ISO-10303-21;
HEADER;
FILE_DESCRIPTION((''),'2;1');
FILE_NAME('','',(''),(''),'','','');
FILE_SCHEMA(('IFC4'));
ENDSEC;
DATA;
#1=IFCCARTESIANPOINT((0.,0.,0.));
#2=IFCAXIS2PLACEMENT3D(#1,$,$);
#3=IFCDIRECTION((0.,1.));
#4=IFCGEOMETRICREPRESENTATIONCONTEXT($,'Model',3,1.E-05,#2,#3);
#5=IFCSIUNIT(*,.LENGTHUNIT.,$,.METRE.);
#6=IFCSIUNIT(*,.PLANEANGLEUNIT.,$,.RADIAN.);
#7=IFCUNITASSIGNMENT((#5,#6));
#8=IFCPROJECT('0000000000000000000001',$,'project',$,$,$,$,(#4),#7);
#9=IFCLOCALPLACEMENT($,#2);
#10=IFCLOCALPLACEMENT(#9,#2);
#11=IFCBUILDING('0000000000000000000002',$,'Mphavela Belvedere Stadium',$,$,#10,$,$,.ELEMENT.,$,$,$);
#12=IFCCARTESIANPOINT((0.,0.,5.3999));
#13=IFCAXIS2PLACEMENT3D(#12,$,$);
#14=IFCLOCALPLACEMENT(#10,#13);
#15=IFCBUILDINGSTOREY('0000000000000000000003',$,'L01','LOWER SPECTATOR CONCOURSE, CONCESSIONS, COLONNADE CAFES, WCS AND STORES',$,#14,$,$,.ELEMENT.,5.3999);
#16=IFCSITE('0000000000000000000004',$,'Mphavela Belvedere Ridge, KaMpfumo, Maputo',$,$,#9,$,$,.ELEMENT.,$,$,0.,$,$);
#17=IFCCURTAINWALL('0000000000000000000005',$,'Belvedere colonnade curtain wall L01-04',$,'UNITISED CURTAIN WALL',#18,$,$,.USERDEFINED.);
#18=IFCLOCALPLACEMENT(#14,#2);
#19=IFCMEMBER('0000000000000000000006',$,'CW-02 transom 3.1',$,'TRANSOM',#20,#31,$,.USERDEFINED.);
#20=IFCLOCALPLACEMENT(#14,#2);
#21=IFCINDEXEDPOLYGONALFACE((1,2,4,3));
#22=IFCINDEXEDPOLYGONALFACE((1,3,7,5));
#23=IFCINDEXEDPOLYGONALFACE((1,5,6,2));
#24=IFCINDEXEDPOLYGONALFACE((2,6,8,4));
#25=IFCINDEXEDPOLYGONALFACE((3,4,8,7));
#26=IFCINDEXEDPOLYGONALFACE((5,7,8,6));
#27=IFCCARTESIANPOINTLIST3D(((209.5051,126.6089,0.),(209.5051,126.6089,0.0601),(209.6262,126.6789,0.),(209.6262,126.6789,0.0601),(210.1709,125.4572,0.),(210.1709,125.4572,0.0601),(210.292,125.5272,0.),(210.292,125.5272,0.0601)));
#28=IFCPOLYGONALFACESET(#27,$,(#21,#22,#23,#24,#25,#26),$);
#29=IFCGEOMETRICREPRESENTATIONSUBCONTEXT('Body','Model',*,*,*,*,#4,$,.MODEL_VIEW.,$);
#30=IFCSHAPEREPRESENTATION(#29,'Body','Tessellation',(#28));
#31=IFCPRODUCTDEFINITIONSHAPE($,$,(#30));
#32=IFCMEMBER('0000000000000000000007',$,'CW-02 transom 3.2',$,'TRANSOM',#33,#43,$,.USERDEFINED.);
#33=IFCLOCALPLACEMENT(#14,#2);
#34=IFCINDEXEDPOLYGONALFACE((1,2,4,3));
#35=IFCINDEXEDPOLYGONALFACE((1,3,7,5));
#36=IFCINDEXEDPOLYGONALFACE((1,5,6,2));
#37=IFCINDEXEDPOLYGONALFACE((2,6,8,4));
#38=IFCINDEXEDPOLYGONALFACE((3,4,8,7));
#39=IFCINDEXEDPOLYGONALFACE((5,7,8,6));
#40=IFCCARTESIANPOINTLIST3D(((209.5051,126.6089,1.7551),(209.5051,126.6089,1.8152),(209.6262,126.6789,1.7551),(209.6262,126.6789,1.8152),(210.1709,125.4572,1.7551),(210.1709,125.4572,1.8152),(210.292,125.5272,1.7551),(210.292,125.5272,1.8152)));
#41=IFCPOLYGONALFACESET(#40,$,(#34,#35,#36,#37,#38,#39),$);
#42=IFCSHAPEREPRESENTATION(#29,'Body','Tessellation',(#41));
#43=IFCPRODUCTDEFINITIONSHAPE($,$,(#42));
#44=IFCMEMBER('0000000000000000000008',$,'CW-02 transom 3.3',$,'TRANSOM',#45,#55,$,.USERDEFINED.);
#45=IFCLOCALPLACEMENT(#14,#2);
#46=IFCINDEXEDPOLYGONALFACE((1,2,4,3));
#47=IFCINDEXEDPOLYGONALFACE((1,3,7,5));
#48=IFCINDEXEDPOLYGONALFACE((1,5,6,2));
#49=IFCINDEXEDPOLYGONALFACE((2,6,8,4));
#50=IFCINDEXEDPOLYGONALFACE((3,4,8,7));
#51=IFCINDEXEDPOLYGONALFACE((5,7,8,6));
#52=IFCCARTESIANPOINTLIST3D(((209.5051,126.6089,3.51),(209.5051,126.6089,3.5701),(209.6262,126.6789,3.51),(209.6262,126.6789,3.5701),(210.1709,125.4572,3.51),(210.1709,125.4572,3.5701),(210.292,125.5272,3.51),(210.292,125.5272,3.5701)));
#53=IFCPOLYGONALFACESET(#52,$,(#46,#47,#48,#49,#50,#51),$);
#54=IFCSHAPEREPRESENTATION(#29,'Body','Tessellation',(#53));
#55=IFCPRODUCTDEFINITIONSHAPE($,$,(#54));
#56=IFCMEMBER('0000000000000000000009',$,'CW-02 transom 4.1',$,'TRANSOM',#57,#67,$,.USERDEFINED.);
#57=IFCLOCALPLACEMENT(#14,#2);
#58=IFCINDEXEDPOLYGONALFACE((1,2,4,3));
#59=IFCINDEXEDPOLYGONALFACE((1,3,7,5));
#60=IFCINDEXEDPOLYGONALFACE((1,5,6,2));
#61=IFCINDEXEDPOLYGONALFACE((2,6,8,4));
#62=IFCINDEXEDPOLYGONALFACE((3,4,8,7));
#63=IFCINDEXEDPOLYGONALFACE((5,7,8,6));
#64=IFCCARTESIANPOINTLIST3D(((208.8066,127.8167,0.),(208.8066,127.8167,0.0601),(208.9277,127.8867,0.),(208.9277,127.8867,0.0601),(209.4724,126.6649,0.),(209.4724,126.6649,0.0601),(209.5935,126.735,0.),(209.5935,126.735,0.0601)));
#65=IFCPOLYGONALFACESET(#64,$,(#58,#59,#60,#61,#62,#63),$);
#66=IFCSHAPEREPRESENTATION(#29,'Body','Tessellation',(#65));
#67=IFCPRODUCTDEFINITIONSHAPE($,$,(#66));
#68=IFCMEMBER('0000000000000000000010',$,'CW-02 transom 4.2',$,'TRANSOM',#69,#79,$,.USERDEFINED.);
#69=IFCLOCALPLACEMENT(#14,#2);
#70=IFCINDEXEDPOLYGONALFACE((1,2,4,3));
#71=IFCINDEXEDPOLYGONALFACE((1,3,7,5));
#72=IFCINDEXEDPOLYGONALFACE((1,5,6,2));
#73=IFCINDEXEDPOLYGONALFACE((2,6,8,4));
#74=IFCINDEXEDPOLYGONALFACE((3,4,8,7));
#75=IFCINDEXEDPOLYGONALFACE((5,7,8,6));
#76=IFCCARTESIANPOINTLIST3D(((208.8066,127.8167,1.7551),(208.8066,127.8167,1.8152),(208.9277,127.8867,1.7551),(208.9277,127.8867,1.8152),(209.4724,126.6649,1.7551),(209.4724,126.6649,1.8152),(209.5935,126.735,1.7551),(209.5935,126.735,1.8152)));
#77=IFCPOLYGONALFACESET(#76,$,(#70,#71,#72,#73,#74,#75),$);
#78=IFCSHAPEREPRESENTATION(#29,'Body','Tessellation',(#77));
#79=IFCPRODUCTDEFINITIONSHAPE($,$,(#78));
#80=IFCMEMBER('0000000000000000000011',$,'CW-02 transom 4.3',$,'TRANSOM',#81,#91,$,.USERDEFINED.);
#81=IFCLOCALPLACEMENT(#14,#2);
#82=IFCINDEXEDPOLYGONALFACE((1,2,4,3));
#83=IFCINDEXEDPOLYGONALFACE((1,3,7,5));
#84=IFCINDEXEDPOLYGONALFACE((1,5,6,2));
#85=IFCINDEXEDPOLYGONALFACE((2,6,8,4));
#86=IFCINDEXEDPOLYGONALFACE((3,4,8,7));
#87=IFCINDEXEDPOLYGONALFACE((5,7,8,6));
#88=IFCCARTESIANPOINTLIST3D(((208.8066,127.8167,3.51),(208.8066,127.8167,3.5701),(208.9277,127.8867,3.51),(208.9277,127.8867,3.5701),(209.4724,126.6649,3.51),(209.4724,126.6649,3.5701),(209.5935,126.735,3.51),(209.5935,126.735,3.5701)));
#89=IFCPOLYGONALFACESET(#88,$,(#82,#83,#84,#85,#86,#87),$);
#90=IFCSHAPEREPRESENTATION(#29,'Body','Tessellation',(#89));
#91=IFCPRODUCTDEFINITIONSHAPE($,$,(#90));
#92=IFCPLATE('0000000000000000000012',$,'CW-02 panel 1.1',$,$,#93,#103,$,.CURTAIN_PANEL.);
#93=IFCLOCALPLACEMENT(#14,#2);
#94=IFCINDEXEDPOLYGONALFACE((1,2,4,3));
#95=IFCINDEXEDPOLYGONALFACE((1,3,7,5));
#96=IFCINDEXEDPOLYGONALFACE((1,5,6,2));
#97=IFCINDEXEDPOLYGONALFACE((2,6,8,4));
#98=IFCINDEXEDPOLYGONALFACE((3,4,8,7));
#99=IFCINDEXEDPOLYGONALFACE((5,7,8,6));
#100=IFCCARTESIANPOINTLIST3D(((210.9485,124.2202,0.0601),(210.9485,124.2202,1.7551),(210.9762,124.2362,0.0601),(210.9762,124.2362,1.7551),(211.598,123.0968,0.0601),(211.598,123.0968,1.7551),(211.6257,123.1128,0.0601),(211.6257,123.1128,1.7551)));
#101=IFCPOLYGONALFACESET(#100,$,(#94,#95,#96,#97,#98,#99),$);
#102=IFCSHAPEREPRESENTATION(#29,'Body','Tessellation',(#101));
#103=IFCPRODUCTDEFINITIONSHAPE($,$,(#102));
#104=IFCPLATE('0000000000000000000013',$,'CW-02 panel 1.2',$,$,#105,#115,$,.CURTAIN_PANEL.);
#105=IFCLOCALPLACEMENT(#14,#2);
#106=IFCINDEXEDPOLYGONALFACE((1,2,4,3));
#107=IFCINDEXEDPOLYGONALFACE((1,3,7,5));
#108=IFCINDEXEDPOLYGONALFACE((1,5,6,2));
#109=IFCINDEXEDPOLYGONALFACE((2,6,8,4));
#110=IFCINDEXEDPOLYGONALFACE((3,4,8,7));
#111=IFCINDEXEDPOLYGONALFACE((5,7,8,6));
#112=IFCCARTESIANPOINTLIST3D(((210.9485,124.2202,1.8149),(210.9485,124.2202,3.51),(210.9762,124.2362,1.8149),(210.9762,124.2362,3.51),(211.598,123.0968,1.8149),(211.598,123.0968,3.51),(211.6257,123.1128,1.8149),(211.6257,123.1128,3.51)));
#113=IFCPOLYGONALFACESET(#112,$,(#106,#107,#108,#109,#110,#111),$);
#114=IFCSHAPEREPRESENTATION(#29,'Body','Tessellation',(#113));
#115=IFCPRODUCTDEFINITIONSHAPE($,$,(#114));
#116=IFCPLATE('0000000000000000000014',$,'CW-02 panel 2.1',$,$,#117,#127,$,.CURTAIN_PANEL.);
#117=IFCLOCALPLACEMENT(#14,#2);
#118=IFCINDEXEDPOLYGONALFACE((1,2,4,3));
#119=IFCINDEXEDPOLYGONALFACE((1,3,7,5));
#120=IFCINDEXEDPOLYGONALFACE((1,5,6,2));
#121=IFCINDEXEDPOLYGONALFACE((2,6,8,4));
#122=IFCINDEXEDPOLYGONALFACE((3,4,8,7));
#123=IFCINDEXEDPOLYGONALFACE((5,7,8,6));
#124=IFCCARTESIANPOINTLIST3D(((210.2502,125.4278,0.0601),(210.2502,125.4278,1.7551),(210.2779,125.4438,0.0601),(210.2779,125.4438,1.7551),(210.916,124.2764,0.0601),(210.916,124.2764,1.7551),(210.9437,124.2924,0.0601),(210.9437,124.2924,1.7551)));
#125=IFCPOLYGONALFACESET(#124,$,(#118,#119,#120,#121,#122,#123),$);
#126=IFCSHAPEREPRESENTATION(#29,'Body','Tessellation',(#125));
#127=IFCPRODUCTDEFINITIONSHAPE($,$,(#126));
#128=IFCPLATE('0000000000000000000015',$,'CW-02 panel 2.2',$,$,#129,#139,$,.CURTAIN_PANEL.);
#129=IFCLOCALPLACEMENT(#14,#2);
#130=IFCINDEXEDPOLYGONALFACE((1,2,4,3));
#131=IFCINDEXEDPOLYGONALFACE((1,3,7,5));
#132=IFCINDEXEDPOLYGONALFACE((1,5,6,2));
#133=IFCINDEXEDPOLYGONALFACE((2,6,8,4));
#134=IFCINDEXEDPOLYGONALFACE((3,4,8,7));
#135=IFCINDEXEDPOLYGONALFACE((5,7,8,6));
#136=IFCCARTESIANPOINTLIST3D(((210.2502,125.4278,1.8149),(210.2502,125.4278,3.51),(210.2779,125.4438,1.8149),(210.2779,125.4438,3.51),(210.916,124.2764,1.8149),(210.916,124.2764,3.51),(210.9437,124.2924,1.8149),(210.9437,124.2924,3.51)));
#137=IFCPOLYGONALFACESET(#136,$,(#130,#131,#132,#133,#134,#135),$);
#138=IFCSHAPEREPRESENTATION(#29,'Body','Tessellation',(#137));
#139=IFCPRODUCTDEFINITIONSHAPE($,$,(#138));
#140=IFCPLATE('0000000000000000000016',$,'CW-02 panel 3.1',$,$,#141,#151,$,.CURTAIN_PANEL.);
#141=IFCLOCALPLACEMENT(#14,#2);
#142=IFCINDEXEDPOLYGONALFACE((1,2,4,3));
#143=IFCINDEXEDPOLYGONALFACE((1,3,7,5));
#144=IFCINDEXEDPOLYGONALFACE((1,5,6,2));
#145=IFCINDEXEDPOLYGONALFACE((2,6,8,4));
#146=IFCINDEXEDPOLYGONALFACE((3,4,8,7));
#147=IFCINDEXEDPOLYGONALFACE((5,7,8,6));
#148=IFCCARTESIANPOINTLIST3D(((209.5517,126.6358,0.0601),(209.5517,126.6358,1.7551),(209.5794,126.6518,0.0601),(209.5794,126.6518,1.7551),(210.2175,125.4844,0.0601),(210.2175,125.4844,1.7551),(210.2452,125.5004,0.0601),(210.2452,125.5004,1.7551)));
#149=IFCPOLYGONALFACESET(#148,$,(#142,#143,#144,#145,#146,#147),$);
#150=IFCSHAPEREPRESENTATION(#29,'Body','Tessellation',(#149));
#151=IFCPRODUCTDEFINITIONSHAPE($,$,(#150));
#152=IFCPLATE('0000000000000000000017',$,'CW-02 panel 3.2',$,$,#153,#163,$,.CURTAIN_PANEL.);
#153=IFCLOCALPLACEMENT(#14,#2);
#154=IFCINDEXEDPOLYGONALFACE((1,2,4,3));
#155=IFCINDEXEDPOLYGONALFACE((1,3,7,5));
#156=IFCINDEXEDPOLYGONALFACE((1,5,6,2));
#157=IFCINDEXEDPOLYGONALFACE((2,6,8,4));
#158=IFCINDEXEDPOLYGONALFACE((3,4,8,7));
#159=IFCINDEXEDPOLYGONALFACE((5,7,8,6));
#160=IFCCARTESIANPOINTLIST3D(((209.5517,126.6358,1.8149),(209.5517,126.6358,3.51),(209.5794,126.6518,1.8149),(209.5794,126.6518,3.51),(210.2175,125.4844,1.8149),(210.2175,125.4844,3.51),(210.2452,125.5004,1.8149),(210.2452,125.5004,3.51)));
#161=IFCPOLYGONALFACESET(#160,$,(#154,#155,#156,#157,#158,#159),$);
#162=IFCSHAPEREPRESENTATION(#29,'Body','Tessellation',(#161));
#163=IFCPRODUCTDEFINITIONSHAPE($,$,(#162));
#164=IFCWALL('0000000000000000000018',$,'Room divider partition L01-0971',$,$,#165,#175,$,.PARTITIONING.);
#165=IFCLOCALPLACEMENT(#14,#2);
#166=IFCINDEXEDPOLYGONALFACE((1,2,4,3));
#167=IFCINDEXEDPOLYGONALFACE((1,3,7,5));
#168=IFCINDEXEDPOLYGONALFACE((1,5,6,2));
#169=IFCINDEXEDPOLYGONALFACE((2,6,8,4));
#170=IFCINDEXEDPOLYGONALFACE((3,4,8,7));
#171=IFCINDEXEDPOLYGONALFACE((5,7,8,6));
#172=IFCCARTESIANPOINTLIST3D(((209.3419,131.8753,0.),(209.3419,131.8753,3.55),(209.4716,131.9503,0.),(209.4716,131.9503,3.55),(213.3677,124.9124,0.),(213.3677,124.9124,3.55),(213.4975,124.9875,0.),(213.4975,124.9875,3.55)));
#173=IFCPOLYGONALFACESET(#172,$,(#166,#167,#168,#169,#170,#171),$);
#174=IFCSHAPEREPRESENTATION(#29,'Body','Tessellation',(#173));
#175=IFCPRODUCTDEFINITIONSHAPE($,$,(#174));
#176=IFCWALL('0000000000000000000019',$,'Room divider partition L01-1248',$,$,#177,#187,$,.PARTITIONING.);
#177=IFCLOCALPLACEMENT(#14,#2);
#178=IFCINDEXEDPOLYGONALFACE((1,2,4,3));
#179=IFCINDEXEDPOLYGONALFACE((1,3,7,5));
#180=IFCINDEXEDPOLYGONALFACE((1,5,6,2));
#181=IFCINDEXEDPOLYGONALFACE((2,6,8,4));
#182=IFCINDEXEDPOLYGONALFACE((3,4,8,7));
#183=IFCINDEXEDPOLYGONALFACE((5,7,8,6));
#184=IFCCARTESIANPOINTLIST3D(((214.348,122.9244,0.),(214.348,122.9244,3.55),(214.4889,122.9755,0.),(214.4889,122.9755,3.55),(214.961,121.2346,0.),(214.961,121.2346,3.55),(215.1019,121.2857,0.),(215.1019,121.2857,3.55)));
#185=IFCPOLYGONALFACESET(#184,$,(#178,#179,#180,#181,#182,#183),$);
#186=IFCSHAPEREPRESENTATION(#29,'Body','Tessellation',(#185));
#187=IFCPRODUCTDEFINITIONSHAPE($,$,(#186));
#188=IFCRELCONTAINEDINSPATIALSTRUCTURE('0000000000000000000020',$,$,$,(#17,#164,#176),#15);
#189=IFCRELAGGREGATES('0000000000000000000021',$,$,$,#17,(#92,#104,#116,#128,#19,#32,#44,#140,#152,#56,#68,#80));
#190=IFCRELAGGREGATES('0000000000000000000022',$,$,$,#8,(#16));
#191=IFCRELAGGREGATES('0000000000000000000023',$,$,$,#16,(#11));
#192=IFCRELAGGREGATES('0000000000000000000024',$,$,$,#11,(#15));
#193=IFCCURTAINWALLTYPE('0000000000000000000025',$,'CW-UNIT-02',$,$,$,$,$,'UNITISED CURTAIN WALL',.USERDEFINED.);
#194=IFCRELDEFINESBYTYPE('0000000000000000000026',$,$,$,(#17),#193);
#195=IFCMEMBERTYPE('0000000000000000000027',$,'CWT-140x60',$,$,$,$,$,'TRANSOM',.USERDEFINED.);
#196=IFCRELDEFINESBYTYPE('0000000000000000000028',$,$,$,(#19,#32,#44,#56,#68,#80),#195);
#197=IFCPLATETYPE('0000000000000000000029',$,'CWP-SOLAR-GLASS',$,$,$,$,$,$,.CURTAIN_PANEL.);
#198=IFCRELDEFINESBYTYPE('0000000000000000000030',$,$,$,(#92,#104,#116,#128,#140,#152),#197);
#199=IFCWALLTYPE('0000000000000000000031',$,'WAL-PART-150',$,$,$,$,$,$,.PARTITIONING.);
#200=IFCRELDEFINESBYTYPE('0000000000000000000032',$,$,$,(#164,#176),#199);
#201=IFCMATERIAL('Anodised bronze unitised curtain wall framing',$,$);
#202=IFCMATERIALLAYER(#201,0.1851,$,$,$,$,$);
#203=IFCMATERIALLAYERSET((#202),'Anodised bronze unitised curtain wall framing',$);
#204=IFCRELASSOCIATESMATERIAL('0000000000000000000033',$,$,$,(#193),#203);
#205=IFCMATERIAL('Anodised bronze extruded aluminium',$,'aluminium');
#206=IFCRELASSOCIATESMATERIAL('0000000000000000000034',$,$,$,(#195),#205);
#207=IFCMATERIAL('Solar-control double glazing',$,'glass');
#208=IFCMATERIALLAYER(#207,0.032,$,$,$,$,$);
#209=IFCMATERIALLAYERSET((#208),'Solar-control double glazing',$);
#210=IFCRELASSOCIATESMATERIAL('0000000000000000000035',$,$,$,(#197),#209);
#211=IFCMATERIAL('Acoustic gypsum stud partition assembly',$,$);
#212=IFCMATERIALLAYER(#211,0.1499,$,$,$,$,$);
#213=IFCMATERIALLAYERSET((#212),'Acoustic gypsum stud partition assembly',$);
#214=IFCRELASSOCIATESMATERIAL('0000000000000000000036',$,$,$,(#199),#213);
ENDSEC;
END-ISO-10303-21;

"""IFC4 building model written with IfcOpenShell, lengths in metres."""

from ifc_helpers import new_model, si_unit, direction, frame, frame_2d, origin, origin_2d, place, context, subcontext, project, spatial, rectangle, extrude, material, layer, layer_set, material_profile, profile_set, type_object, element, aggregate, save


model = new_model("IFC4")

# Units and contexts
model_context = context("Model", 3, precision=1e-05, world=origin(), true_north=direction((0.0, 1.0)))
body_context = subcontext(model_context, "Body", "Model", "MODEL_VIEW")
ifc_project = project(units=[si_unit("LENGTHUNIT", "METRE"), si_unit("PLANEANGLEUNIT", "RADIAN")], contexts=[model_context])

# Site, building, storey
site_placement = place(None, origin())
site = spatial("IfcSite", under=ifc_project, at=site_placement, Name="Mphavela Belvedere Ridge, KaMpfumo, Maputo", CompositionType="ELEMENT", RefElevation=0.0)
building_placement = place(site_placement, origin())
building = spatial("IfcBuilding", under=site, at=building_placement, Name="Mphavela Belvedere Stadium", CompositionType="ELEMENT")
storey_placement = place(building_placement, frame((0.0, 0.0, 5.3999)))
storey = spatial("IfcBuildingStorey", under=building, at=storey_placement, Name="L01", Description="LOWER SPECTATOR CONCOURSE, CONCESSIONS, COLONNADE CAFES, WCS AND STORES", CompositionType="ELEMENT", Elevation=5.3999)

# Curtain wall, members, plates
ifc_material_1 = material(Name="Anodised bronze unitised curtain wall framing")
ifc_layer_1 = layer(ifc_material_1, 0.1851)
ifc_layer_set_1 = layer_set([ifc_layer_1], Name="Anodised bronze unitised curtain wall framing")
curtain_wall_type = type_object("IfcCurtainWallType", Name="CW-UNIT-02", ElementType="UNITISED CURTAIN WALL", PredefinedType="USERDEFINED", material=ifc_layer_set_1)
curtain_wall_placement = place(storey_placement, origin())
curtain_wall = element("IfcCurtainWall", 1, at=curtain_wall_placement, inside=storey, type_object=curtain_wall_type, Name="Belvedere colonnade curtain wall L01-04", ObjectType="UNITISED CURTAIN WALL", PredefinedType="USERDEFINED")
ifc_material_2 = material(Name="Anodised bronze extruded aluminium", Category="aluminium")
ifc_material_profile_1 = material_profile(ifc_material_2, rectangle(XDim=0.1399, YDim=0.0601, at=origin_2d()), Name="CW-TRN 140x60")
ifc_profile_set_1 = profile_set([ifc_material_profile_1], Name="Anodised bronze extruded aluminium")
member_type_1 = type_object("IfcMemberType", Name="CWT-140x60", ElementType="TRANSOM", PredefinedType="USERDEFINED", material=ifc_profile_set_1)
member_1_placement = place(storey_placement, frame((210.2314, 125.4922, 0.03), z_axis=(-0.500501, 0.865736, 0.0), x_axis=(-0.865736, -0.500501, 0.0)))
member_1 = element("IfcMember", 2, at=member_1_placement, type_object=member_type_1, Name="CW-02 transom 3.1", ObjectType="TRANSOM", PredefinedType="USERDEFINED", context=body_context, shape_type="SweptSolid", body=[
    extrude(rectangle(XDim=0.1399, YDim=0.0601, at=origin_2d()), origin(), (0.0, 0.0, 1.0), 1.3303),
])
member_2_placement = place(storey_placement, frame((210.2314, 125.4922, 1.7852), z_axis=(-0.500501, 0.865736, 0.0), x_axis=(-0.865736, -0.500501, 0.0)))
member_2 = element("IfcMember", 3, at=member_2_placement, type_object=member_type_1, Name="CW-02 transom 3.2", ObjectType="TRANSOM", PredefinedType="USERDEFINED", context=body_context, shape_type="SweptSolid", body=[
    extrude(rectangle(XDim=0.1399, YDim=0.0601, at=origin_2d()), origin(), (0.0, 0.0, 1.0), 1.3303),
])
member_3_placement = place(storey_placement, frame((210.2314, 125.4922, 3.54), z_axis=(-0.500501, 0.865736, 0.0), x_axis=(-0.865736, -0.500501, 0.0)))
member_3 = element("IfcMember", 4, at=member_3_placement, type_object=member_type_1, Name="CW-02 transom 3.3", ObjectType="TRANSOM", PredefinedType="USERDEFINED", context=body_context, shape_type="SweptSolid", body=[
    extrude(rectangle(XDim=0.1399, YDim=0.0601, at=origin_2d()), origin(), (0.0, 0.0, 1.0), 1.3303),
])
member_4_placement = place(storey_placement, frame((209.533, 126.7, 0.03), z_axis=(-0.500501, 0.865736, 0.0), x_axis=(-0.865736, -0.500501, 0.0)))
member_4 = element("IfcMember", 5, at=member_4_placement, type_object=member_type_1, Name="CW-02 transom 4.1", ObjectType="TRANSOM", PredefinedType="USERDEFINED", context=body_context, shape_type="SweptSolid", body=[
    extrude(rectangle(XDim=0.1399, YDim=0.0601, at=origin_2d()), origin(), (0.0, 0.0, 1.0), 1.3303),
])
member_5_placement = place(storey_placement, frame((209.533, 126.7, 1.7852), z_axis=(-0.500501, 0.865736, 0.0), x_axis=(-0.865736, -0.500501, 0.0)))
member_5 = element("IfcMember", 6, at=member_5_placement, type_object=member_type_1, Name="CW-02 transom 4.2", ObjectType="TRANSOM", PredefinedType="USERDEFINED", context=body_context, shape_type="SweptSolid", body=[
    extrude(rectangle(XDim=0.1399, YDim=0.0601, at=origin_2d()), origin(), (0.0, 0.0, 1.0), 1.3303),
])
member_6_placement = place(storey_placement, frame((209.533, 126.7, 3.54), z_axis=(-0.500501, 0.865736, 0.0), x_axis=(-0.865736, -0.500501, 0.0)))
member_6 = element("IfcMember", 7, at=member_6_placement, type_object=member_type_1, Name="CW-02 transom 4.3", ObjectType="TRANSOM", PredefinedType="USERDEFINED", context=body_context, shape_type="SweptSolid", body=[
    extrude(rectangle(XDim=0.1399, YDim=0.0601, at=origin_2d()), origin(), (0.0, 0.0, 1.0), 1.3303),
])
ifc_material_3 = material(Name="Solar-control double glazing", Category="glass")
ifc_layer_2 = layer(ifc_material_3, 0.032)
ifc_layer_set_2 = layer_set([ifc_layer_2], Name="Solar-control double glazing")
plate_type = type_object("IfcPlateType", Name="CWP-SOLAR-GLASS", PredefinedType="CURTAIN_PANEL", material=ifc_layer_set_2)
plate_1_placement = place(storey_placement, frame((211.2871, 123.6665, 0.0601), z_axis=(0.0, 0.0, 1.0), x_axis=(-0.500561, 0.865702, 0.0)))
plate_1 = element("IfcPlate", 8, at=plate_1_placement, type_object=plate_type, Name="CW-02 panel 1.1", PredefinedType="CURTAIN_PANEL", context=body_context, shape_type="SweptSolid", body=[
    extrude(rectangle(XDim=1.2976, YDim=0.032, at=origin_2d()), origin(), (0.0, 0.0, 1.0), 1.6951),
])
plate_2_placement = place(storey_placement, frame((211.2871, 123.6665, 1.8149), z_axis=(0.0, 0.0, 1.0), x_axis=(-0.500561, 0.865702, 0.0)))
plate_2 = element("IfcPlate", 9, at=plate_2_placement, type_object=plate_type, Name="CW-02 panel 1.2", PredefinedType="CURTAIN_PANEL", context=body_context, shape_type="SweptSolid", body=[
    extrude(rectangle(XDim=1.2976, YDim=0.032, at=origin_2d()), origin(), (0.0, 0.0, 1.0), 1.6951),
])
plate_3_placement = place(storey_placement, frame((210.5969, 124.8601, 0.0601), z_axis=(0.0, 0.0, 1.0), x_axis=(-0.500561, 0.865702, 0.0)))
plate_3 = element("IfcPlate", 10, at=plate_3_placement, type_object=plate_type, Name="CW-02 panel 2.1", PredefinedType="CURTAIN_PANEL", context=body_context, shape_type="SweptSolid", body=[
    extrude(rectangle(XDim=1.3301, YDim=0.032, at=origin_2d()), origin(), (0.0, 0.0, 1.0), 1.6951),
])
plate_4_placement = place(storey_placement, frame((210.5969, 124.8601, 1.8149), z_axis=(0.0, 0.0, 1.0), x_axis=(-0.500561, 0.865702, 0.0)))
plate_4 = element("IfcPlate", 11, at=plate_4_placement, type_object=plate_type, Name="CW-02 panel 2.2", PredefinedType="CURTAIN_PANEL", context=body_context, shape_type="SweptSolid", body=[
    extrude(rectangle(XDim=1.3301, YDim=0.032, at=origin_2d()), origin(), (0.0, 0.0, 1.0), 1.6951),
])
plate_5_placement = place(storey_placement, frame((209.8984, 126.0681, 0.0601), z_axis=(0.0, 0.0, 1.0), x_axis=(-0.500561, 0.865702, 0.0)))
plate_5 = element("IfcPlate", 12, at=plate_5_placement, type_object=plate_type, Name="CW-02 panel 3.1", PredefinedType="CURTAIN_PANEL", context=body_context, shape_type="SweptSolid", body=[
    extrude(rectangle(XDim=1.3301, YDim=0.032, at=origin_2d()), origin(), (0.0, 0.0, 1.0), 1.6951),
])
plate_6_placement = place(storey_placement, frame((209.8984, 126.0681, 1.8149), z_axis=(0.0, 0.0, 1.0), x_axis=(-0.500561, 0.865702, 0.0)))
plate_6 = element("IfcPlate", 13, at=plate_6_placement, type_object=plate_type, Name="CW-02 panel 3.2", PredefinedType="CURTAIN_PANEL", context=body_context, shape_type="SweptSolid", body=[
    extrude(rectangle(XDim=1.3301, YDim=0.032, at=origin_2d()), origin(), (0.0, 0.0, 1.0), 1.6951),
])
aggregate(curtain_wall, [plate_1, plate_2, plate_3, plate_4, member_1, member_2, member_3, plate_5, plate_6, member_4, member_5, member_6])

# Walls
ifc_material_4 = material(Name="Acoustic gypsum stud partition assembly")
ifc_layer_3 = layer(ifc_material_4, 0.1499)
ifc_layer_set_3 = layer_set([ifc_layer_3], Name="Acoustic gypsum stud partition assembly")
wall_type_1 = type_object("IfcWallType", Name="WAL-PART-150", PredefinedType="PARTITIONING", material=ifc_layer_set_3)
wall_1_placement = place(storey_placement, frame((213.4326, 124.95, 0.0), z_axis=(0.0, 0.0, 1.0), x_axis=(-0.500546, 0.86571, 0.0)))
element("IfcWall", 14, at=wall_1_placement, inside=storey, type_object=wall_type_1, Name="Room divider partition L01-0971", PredefinedType="PARTITIONING", context=body_context, shape_type="SweptSolid", body=[
    extrude(rectangle(XDim=8.043, YDim=0.1499, at=frame_2d((4.0215, 0.0))), origin(), (0.0, 0.0, 1.0), 3.55),
])
wall_2_placement = place(storey_placement, frame((215.0315, 121.26, 0.0), z_axis=(0.0, 0.0, 1.0), x_axis=(-0.341012, 0.940059, 0.0)))
element("IfcWall", 15, at=wall_2_placement, inside=storey, type_object=wall_type_1, Name="Room divider partition L01-1248", PredefinedType="PARTITIONING", context=body_context, shape_type="SweptSolid", body=[
    extrude(rectangle(XDim=1.7976, YDim=0.1499, at=frame_2d((0.8989, 0.0))), origin(), (0.0, 0.0, 1.0), 3.55),
])

save(model, "model.ifc")
